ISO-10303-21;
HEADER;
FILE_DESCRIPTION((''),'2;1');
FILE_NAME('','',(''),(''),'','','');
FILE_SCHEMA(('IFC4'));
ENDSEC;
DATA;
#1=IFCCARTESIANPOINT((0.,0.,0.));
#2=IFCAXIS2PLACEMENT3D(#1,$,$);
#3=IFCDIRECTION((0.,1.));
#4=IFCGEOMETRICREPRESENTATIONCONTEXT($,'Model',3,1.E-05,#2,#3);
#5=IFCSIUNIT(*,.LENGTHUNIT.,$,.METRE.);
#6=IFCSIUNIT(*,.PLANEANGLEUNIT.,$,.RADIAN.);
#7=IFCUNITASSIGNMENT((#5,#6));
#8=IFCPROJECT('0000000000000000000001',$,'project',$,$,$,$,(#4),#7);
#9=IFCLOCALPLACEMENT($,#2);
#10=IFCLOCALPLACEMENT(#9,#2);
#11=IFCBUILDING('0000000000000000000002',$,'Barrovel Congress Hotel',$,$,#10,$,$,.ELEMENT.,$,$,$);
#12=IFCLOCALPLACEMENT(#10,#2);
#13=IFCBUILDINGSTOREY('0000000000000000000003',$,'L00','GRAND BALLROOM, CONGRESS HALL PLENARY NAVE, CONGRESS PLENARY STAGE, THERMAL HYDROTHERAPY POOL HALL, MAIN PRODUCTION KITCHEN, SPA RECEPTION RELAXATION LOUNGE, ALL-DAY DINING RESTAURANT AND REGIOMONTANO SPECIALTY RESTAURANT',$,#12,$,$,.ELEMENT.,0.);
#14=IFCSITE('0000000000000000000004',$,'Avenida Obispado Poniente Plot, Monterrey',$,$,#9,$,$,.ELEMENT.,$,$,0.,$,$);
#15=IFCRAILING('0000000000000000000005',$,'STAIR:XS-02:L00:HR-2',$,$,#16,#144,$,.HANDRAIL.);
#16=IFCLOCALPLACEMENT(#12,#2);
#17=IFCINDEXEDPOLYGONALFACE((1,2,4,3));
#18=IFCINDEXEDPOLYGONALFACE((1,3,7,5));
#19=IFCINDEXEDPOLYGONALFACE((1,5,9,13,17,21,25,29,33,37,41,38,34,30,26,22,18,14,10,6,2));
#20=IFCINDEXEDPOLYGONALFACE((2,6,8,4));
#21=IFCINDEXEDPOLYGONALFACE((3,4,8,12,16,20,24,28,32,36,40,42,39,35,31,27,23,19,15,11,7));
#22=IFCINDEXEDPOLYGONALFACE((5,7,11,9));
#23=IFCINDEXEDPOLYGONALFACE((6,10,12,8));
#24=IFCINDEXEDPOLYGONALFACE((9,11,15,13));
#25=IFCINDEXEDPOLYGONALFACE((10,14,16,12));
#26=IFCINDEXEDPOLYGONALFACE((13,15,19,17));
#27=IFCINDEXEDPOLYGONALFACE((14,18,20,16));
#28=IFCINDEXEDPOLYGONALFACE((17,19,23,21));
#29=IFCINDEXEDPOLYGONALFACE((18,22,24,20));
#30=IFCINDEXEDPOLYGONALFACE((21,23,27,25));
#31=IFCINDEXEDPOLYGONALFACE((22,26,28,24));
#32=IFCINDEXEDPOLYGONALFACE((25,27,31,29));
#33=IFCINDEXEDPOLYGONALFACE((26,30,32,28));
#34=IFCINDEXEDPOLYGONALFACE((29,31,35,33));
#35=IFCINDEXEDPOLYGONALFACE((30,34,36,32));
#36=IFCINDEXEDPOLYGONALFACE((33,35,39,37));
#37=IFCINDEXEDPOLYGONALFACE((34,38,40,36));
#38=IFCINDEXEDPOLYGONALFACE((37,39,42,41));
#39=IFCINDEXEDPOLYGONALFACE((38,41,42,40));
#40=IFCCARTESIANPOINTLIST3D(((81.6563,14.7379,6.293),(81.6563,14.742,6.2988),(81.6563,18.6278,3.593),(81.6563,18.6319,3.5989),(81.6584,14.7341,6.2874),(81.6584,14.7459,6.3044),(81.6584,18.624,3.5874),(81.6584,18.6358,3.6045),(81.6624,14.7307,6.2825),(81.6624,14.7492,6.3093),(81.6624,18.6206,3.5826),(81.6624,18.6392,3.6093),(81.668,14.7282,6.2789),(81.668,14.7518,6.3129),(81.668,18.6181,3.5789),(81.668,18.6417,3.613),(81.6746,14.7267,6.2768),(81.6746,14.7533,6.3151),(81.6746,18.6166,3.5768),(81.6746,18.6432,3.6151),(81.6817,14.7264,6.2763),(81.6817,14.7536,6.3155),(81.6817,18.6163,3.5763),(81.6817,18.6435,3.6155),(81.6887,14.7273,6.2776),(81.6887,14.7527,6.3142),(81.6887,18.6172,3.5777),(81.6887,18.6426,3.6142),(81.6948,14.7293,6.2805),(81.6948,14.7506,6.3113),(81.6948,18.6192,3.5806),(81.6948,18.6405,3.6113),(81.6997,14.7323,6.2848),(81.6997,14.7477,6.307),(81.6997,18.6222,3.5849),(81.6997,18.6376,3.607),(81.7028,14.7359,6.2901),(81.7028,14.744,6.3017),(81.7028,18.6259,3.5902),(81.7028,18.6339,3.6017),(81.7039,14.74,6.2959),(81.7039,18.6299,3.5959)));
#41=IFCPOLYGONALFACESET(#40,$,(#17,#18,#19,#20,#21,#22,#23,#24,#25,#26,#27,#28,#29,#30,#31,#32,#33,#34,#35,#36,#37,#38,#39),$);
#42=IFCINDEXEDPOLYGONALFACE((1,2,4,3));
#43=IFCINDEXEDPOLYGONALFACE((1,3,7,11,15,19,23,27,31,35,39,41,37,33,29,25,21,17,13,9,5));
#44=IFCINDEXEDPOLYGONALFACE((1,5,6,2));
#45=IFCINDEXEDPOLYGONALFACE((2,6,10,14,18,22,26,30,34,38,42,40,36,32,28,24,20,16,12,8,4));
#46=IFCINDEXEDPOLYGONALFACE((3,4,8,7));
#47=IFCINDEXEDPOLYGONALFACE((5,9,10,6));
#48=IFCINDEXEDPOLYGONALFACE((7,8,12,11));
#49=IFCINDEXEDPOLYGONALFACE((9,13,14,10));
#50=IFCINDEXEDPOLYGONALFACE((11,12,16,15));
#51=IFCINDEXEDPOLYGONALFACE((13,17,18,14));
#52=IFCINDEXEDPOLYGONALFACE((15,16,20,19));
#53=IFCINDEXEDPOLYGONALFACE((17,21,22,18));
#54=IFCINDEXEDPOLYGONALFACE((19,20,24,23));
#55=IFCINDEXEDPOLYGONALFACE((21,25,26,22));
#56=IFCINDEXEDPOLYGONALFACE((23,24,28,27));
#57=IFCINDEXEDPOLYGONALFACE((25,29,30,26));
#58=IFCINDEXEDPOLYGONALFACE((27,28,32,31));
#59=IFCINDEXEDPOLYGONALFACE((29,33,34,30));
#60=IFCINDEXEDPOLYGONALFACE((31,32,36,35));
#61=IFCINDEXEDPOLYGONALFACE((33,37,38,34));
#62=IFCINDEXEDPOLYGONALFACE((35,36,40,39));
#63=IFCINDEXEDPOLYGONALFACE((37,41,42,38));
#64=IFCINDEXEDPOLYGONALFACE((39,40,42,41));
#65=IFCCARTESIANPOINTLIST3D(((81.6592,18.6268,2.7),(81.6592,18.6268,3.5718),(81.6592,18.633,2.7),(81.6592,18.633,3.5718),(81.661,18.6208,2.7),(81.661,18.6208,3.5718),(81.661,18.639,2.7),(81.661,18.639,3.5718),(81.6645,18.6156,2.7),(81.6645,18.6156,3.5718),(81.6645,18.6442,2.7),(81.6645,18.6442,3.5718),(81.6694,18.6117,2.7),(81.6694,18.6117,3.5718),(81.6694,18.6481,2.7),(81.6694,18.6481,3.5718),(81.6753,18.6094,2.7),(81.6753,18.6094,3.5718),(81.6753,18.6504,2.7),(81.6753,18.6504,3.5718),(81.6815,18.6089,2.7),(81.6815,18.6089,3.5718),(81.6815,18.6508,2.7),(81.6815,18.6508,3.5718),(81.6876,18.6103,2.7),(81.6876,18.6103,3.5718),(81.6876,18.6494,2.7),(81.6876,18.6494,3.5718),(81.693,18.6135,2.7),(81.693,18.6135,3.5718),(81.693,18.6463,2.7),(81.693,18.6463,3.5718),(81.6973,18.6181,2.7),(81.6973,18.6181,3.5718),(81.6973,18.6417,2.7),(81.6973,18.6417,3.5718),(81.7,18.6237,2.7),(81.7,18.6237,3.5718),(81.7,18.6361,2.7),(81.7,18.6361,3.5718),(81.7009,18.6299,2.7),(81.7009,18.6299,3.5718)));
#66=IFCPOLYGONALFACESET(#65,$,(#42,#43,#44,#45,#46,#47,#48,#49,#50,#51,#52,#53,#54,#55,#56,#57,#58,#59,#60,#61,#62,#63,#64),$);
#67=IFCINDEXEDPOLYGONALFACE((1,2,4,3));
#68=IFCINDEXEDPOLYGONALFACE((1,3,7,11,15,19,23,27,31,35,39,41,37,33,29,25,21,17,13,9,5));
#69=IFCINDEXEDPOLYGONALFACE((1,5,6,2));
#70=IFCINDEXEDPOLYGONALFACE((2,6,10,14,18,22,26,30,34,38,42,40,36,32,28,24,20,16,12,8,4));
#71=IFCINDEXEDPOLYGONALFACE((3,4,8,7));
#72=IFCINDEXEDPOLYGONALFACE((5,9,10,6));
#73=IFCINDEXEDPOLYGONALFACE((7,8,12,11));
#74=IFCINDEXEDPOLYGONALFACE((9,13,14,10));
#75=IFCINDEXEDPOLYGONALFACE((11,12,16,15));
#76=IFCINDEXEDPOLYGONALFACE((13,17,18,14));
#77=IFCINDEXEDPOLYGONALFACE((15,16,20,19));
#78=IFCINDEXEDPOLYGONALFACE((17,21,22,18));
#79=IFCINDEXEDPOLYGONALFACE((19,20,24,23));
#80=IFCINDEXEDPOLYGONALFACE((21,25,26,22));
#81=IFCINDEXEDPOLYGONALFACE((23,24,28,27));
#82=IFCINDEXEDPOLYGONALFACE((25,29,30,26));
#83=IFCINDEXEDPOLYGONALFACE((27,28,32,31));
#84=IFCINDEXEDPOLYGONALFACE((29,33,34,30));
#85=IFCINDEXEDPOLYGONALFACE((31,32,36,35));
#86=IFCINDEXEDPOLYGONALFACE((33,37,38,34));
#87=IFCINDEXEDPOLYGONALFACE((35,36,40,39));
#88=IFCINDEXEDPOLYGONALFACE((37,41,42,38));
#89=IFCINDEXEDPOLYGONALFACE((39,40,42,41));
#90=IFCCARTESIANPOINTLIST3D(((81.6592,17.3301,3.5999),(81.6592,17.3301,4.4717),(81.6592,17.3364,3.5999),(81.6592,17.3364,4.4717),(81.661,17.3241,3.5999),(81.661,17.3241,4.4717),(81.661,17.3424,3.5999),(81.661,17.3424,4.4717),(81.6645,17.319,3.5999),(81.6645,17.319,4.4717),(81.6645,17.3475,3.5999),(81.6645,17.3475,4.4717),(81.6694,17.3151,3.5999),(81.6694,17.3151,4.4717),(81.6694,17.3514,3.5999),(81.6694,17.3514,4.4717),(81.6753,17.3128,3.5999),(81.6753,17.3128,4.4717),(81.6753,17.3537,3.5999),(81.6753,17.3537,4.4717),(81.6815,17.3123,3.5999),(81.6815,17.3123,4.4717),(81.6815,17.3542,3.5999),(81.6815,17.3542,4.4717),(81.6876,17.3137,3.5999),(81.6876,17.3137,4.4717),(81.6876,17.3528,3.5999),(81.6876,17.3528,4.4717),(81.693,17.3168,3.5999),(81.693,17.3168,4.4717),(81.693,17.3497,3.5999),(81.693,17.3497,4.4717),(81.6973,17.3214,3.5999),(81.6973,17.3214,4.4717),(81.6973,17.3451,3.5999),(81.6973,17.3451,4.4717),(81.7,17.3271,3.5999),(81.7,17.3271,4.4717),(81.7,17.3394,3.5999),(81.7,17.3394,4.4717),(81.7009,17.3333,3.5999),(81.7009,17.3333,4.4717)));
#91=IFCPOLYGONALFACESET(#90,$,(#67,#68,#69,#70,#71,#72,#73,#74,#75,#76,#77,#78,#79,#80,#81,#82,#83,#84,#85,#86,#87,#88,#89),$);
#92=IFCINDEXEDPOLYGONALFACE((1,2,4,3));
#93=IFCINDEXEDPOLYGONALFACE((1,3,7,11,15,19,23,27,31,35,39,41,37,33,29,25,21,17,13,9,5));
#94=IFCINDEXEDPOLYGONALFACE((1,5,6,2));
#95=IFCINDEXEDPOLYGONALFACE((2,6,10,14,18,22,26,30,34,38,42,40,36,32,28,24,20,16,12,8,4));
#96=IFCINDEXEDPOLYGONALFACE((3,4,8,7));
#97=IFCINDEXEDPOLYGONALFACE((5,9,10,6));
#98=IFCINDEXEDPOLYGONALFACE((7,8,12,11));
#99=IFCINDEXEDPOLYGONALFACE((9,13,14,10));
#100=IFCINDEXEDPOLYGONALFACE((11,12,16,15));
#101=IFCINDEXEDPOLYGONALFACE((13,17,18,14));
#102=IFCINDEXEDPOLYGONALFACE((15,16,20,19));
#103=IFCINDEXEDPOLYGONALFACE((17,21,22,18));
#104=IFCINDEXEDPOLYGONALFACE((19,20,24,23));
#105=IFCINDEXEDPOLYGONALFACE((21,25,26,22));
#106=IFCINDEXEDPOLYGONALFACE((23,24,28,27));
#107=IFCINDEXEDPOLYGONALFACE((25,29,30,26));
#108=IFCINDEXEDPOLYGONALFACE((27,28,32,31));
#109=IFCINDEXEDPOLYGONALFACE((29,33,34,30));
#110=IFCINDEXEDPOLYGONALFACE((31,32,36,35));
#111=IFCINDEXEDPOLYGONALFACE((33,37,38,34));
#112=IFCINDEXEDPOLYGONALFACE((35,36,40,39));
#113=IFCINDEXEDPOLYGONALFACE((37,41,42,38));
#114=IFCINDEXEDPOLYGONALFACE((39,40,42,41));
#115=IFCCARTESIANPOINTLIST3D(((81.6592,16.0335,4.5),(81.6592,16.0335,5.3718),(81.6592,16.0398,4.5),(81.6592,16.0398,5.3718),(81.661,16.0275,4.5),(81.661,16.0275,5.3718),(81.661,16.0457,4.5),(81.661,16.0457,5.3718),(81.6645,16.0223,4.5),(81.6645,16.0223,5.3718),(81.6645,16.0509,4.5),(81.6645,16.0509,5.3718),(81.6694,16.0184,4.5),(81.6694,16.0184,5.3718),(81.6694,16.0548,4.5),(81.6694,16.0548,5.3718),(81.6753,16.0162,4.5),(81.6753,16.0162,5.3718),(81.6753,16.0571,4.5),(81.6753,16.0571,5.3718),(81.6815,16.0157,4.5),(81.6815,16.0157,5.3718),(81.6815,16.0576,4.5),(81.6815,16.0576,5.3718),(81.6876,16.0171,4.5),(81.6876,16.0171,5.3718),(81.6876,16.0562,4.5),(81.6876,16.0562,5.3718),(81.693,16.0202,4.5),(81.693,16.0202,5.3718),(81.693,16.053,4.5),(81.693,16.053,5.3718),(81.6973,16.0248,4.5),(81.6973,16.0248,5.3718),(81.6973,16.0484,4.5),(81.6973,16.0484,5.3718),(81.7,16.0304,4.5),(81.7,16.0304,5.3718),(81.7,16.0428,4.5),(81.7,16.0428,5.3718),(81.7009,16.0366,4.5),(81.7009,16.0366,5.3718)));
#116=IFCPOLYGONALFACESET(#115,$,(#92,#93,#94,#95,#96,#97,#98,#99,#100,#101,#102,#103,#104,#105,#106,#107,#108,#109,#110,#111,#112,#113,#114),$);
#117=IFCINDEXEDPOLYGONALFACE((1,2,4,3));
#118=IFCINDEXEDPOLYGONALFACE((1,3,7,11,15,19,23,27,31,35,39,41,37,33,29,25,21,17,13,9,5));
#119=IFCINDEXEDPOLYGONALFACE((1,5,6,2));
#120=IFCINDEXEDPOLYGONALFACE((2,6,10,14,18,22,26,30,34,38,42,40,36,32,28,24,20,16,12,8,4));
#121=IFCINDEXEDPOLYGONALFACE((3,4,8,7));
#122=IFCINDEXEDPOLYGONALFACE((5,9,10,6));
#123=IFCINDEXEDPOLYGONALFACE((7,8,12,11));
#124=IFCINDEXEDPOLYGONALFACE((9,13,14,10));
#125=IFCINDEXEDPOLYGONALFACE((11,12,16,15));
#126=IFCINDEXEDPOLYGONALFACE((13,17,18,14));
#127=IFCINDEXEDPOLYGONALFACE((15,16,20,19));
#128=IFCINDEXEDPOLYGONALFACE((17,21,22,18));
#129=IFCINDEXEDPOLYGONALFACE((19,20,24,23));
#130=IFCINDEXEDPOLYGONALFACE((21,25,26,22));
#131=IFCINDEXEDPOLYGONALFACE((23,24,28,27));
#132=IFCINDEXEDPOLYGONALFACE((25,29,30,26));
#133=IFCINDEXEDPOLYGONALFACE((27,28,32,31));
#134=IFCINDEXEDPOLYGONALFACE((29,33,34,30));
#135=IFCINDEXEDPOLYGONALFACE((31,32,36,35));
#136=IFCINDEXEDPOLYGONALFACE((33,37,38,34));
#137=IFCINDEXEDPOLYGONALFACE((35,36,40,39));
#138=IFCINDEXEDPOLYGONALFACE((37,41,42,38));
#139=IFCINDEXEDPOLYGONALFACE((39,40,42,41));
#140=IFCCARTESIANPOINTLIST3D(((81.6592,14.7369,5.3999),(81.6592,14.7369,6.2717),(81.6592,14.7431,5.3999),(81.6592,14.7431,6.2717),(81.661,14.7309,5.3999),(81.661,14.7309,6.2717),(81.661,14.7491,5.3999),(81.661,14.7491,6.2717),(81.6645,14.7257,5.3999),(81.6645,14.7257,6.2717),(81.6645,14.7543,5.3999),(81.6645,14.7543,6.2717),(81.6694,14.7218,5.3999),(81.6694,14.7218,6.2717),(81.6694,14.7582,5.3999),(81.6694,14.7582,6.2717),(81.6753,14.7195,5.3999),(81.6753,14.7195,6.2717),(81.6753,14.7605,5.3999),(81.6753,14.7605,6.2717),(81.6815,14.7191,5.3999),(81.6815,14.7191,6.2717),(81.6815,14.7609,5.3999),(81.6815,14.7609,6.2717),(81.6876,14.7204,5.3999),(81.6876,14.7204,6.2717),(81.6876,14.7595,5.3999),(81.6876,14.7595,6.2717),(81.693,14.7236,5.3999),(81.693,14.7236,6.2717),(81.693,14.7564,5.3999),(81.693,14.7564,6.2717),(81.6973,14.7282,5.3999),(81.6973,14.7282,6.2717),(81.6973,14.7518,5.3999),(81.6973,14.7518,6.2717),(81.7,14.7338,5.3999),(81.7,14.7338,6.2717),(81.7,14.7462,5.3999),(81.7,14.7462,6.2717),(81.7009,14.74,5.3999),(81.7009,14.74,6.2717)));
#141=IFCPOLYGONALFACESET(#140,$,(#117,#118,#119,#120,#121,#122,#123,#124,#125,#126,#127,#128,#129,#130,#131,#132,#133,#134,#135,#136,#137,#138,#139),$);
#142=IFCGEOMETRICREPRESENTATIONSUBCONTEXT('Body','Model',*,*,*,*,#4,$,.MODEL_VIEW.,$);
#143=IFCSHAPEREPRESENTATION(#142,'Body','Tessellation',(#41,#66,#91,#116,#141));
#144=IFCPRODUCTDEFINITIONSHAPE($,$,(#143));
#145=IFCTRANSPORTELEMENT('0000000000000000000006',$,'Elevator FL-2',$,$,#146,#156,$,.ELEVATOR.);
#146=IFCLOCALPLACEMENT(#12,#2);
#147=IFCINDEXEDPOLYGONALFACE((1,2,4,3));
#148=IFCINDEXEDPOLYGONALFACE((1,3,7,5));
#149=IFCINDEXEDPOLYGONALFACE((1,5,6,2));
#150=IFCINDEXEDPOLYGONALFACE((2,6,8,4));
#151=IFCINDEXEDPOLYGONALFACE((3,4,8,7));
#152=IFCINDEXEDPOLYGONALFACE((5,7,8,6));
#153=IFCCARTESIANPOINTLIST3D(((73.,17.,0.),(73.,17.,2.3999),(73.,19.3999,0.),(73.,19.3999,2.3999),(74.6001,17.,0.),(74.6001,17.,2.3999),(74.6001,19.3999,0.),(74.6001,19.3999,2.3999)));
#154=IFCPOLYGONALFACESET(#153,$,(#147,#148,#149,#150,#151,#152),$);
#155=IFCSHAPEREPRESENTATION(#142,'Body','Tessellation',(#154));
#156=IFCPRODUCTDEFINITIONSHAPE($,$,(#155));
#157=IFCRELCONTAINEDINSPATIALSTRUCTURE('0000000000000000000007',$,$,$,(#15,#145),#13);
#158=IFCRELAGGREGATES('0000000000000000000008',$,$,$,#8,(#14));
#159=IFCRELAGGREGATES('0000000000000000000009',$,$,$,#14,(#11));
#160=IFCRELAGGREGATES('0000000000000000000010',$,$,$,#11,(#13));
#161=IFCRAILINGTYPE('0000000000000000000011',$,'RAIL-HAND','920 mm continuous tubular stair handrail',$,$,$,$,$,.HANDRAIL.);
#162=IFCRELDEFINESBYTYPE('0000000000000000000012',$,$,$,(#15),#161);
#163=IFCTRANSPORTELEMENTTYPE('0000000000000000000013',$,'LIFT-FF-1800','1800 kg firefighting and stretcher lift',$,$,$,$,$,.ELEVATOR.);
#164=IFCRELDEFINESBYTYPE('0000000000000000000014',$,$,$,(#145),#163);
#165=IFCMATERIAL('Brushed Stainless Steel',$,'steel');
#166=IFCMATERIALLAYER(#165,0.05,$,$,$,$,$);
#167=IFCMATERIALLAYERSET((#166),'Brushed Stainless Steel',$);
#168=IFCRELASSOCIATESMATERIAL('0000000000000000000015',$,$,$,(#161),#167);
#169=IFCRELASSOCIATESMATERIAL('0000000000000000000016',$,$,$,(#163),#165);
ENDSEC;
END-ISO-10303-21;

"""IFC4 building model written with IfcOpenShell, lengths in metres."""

from ifc_helpers import new_model, si_unit, direction, frame, origin, origin_2d, place, context, subcontext, project, spatial, rectangle, circle, extrude, material, layer, layer_set, type_object, element, save


model = new_model("IFC4")

# Units and contexts
model_context = context("Model", 3, precision=1e-05, world=origin(), true_north=direction((0.0, 1.0)))
body_context = subcontext(model_context, "Body", "Model", "MODEL_VIEW")
ifc_project = project(units=[si_unit("LENGTHUNIT", "METRE"), si_unit("PLANEANGLEUNIT", "RADIAN")], contexts=[model_context])

# Site, building, storey
site_placement = place(None, origin())
site = spatial("IfcSite", under=ifc_project, at=site_placement, Name="Avenida Obispado Poniente Plot, Monterrey", CompositionType="ELEMENT", RefElevation=0.0)
building_placement = place(site_placement, origin())
building = spatial("IfcBuilding", under=site, at=building_placement, Name="Barrovel Congress Hotel", CompositionType="ELEMENT")
storey_placement = place(building_placement, origin())
storey = spatial("IfcBuildingStorey", under=building, at=storey_placement, Name="L00", Description="GRAND BALLROOM, CONGRESS HALL PLENARY NAVE, CONGRESS PLENARY STAGE, THERMAL HYDROTHERAPY POOL HALL, MAIN PRODUCTION KITCHEN, SPA RECEPTION RELAXATION LOUNGE, ALL-DAY DINING RESTAURANT AND REGIOMONTANO SPECIALTY RESTAURANT", CompositionType="ELEMENT", Elevation=0.0)

# Railing
ifc_material_1 = material(Name="Brushed Stainless Steel", Category="steel")
ifc_layer_1 = layer(ifc_material_1, 0.05)
ifc_layer_set_1 = layer_set([ifc_layer_1], Name="Brushed Stainless Steel")
railing_type_1 = type_object("IfcRailingType", Name="RAIL-HAND", Description="920 mm continuous tubular stair handrail", PredefinedType="HANDRAIL", material=ifc_layer_set_1)
railing_1_placement = place(storey_placement, frame((81.6799, 18.6299, 2.7)))
element("IfcRailing", 1, at=railing_1_placement, inside=storey, type_object=railing_type_1, Name="STAIR:XS-02:L00:HR-2", PredefinedType="HANDRAIL", context=body_context, shape_type="SweptSolid", body=[
    extrude(circle(Radius=0.0239, at=origin_2d()), frame((0.0, 0.0, 0.896), z_axis=(0.0, -0.821505, 0.570202), x_axis=(1.0, 0.0, 0.0)), (0.0, 0.0, 1.0), 4.7351),
    extrude(circle(Radius=0.021, at=origin_2d()), origin(), (0.0, 0.0, 1.0), 0.8718),
    extrude(circle(Radius=0.021, at=origin_2d()), frame((0.0, -1.2966, 0.8999)), (0.0, 0.0, 1.0), 0.8718),
    extrude(circle(Radius=0.021, at=origin_2d()), frame((0.0, -2.5933, 1.8)), (0.0, 0.0, 1.0), 0.8718),
    extrude(circle(Radius=0.021, at=origin_2d()), frame((0.0, -3.8899, 2.7)), (0.0, 0.0, 1.0), 0.8718),
])

# Transport element
transport_element_type = type_object("IfcTransportElementType", Name="LIFT-FF-1800", Description="1800 kg firefighting and stretcher lift", PredefinedType="ELEVATOR", material=ifc_material_1)
transport_element_placement = place(storey_placement, frame((73.8, 18.2, 0.0), z_axis=(0.0, 0.0, 1.0), x_axis=(1.0, 0.0, 0.0)))
element("IfcTransportElement", 2, at=transport_element_placement, inside=storey, type_object=transport_element_type, Name="Elevator FL-2", PredefinedType="ELEVATOR", context=body_context, shape_type="SweptSolid", body=[
    extrude(rectangle(XDim=1.6001, YDim=2.3999, at=origin_2d()), origin(), (0.0, 0.0, 1.0), 2.3999),
])

save(model, "model.ifc")
